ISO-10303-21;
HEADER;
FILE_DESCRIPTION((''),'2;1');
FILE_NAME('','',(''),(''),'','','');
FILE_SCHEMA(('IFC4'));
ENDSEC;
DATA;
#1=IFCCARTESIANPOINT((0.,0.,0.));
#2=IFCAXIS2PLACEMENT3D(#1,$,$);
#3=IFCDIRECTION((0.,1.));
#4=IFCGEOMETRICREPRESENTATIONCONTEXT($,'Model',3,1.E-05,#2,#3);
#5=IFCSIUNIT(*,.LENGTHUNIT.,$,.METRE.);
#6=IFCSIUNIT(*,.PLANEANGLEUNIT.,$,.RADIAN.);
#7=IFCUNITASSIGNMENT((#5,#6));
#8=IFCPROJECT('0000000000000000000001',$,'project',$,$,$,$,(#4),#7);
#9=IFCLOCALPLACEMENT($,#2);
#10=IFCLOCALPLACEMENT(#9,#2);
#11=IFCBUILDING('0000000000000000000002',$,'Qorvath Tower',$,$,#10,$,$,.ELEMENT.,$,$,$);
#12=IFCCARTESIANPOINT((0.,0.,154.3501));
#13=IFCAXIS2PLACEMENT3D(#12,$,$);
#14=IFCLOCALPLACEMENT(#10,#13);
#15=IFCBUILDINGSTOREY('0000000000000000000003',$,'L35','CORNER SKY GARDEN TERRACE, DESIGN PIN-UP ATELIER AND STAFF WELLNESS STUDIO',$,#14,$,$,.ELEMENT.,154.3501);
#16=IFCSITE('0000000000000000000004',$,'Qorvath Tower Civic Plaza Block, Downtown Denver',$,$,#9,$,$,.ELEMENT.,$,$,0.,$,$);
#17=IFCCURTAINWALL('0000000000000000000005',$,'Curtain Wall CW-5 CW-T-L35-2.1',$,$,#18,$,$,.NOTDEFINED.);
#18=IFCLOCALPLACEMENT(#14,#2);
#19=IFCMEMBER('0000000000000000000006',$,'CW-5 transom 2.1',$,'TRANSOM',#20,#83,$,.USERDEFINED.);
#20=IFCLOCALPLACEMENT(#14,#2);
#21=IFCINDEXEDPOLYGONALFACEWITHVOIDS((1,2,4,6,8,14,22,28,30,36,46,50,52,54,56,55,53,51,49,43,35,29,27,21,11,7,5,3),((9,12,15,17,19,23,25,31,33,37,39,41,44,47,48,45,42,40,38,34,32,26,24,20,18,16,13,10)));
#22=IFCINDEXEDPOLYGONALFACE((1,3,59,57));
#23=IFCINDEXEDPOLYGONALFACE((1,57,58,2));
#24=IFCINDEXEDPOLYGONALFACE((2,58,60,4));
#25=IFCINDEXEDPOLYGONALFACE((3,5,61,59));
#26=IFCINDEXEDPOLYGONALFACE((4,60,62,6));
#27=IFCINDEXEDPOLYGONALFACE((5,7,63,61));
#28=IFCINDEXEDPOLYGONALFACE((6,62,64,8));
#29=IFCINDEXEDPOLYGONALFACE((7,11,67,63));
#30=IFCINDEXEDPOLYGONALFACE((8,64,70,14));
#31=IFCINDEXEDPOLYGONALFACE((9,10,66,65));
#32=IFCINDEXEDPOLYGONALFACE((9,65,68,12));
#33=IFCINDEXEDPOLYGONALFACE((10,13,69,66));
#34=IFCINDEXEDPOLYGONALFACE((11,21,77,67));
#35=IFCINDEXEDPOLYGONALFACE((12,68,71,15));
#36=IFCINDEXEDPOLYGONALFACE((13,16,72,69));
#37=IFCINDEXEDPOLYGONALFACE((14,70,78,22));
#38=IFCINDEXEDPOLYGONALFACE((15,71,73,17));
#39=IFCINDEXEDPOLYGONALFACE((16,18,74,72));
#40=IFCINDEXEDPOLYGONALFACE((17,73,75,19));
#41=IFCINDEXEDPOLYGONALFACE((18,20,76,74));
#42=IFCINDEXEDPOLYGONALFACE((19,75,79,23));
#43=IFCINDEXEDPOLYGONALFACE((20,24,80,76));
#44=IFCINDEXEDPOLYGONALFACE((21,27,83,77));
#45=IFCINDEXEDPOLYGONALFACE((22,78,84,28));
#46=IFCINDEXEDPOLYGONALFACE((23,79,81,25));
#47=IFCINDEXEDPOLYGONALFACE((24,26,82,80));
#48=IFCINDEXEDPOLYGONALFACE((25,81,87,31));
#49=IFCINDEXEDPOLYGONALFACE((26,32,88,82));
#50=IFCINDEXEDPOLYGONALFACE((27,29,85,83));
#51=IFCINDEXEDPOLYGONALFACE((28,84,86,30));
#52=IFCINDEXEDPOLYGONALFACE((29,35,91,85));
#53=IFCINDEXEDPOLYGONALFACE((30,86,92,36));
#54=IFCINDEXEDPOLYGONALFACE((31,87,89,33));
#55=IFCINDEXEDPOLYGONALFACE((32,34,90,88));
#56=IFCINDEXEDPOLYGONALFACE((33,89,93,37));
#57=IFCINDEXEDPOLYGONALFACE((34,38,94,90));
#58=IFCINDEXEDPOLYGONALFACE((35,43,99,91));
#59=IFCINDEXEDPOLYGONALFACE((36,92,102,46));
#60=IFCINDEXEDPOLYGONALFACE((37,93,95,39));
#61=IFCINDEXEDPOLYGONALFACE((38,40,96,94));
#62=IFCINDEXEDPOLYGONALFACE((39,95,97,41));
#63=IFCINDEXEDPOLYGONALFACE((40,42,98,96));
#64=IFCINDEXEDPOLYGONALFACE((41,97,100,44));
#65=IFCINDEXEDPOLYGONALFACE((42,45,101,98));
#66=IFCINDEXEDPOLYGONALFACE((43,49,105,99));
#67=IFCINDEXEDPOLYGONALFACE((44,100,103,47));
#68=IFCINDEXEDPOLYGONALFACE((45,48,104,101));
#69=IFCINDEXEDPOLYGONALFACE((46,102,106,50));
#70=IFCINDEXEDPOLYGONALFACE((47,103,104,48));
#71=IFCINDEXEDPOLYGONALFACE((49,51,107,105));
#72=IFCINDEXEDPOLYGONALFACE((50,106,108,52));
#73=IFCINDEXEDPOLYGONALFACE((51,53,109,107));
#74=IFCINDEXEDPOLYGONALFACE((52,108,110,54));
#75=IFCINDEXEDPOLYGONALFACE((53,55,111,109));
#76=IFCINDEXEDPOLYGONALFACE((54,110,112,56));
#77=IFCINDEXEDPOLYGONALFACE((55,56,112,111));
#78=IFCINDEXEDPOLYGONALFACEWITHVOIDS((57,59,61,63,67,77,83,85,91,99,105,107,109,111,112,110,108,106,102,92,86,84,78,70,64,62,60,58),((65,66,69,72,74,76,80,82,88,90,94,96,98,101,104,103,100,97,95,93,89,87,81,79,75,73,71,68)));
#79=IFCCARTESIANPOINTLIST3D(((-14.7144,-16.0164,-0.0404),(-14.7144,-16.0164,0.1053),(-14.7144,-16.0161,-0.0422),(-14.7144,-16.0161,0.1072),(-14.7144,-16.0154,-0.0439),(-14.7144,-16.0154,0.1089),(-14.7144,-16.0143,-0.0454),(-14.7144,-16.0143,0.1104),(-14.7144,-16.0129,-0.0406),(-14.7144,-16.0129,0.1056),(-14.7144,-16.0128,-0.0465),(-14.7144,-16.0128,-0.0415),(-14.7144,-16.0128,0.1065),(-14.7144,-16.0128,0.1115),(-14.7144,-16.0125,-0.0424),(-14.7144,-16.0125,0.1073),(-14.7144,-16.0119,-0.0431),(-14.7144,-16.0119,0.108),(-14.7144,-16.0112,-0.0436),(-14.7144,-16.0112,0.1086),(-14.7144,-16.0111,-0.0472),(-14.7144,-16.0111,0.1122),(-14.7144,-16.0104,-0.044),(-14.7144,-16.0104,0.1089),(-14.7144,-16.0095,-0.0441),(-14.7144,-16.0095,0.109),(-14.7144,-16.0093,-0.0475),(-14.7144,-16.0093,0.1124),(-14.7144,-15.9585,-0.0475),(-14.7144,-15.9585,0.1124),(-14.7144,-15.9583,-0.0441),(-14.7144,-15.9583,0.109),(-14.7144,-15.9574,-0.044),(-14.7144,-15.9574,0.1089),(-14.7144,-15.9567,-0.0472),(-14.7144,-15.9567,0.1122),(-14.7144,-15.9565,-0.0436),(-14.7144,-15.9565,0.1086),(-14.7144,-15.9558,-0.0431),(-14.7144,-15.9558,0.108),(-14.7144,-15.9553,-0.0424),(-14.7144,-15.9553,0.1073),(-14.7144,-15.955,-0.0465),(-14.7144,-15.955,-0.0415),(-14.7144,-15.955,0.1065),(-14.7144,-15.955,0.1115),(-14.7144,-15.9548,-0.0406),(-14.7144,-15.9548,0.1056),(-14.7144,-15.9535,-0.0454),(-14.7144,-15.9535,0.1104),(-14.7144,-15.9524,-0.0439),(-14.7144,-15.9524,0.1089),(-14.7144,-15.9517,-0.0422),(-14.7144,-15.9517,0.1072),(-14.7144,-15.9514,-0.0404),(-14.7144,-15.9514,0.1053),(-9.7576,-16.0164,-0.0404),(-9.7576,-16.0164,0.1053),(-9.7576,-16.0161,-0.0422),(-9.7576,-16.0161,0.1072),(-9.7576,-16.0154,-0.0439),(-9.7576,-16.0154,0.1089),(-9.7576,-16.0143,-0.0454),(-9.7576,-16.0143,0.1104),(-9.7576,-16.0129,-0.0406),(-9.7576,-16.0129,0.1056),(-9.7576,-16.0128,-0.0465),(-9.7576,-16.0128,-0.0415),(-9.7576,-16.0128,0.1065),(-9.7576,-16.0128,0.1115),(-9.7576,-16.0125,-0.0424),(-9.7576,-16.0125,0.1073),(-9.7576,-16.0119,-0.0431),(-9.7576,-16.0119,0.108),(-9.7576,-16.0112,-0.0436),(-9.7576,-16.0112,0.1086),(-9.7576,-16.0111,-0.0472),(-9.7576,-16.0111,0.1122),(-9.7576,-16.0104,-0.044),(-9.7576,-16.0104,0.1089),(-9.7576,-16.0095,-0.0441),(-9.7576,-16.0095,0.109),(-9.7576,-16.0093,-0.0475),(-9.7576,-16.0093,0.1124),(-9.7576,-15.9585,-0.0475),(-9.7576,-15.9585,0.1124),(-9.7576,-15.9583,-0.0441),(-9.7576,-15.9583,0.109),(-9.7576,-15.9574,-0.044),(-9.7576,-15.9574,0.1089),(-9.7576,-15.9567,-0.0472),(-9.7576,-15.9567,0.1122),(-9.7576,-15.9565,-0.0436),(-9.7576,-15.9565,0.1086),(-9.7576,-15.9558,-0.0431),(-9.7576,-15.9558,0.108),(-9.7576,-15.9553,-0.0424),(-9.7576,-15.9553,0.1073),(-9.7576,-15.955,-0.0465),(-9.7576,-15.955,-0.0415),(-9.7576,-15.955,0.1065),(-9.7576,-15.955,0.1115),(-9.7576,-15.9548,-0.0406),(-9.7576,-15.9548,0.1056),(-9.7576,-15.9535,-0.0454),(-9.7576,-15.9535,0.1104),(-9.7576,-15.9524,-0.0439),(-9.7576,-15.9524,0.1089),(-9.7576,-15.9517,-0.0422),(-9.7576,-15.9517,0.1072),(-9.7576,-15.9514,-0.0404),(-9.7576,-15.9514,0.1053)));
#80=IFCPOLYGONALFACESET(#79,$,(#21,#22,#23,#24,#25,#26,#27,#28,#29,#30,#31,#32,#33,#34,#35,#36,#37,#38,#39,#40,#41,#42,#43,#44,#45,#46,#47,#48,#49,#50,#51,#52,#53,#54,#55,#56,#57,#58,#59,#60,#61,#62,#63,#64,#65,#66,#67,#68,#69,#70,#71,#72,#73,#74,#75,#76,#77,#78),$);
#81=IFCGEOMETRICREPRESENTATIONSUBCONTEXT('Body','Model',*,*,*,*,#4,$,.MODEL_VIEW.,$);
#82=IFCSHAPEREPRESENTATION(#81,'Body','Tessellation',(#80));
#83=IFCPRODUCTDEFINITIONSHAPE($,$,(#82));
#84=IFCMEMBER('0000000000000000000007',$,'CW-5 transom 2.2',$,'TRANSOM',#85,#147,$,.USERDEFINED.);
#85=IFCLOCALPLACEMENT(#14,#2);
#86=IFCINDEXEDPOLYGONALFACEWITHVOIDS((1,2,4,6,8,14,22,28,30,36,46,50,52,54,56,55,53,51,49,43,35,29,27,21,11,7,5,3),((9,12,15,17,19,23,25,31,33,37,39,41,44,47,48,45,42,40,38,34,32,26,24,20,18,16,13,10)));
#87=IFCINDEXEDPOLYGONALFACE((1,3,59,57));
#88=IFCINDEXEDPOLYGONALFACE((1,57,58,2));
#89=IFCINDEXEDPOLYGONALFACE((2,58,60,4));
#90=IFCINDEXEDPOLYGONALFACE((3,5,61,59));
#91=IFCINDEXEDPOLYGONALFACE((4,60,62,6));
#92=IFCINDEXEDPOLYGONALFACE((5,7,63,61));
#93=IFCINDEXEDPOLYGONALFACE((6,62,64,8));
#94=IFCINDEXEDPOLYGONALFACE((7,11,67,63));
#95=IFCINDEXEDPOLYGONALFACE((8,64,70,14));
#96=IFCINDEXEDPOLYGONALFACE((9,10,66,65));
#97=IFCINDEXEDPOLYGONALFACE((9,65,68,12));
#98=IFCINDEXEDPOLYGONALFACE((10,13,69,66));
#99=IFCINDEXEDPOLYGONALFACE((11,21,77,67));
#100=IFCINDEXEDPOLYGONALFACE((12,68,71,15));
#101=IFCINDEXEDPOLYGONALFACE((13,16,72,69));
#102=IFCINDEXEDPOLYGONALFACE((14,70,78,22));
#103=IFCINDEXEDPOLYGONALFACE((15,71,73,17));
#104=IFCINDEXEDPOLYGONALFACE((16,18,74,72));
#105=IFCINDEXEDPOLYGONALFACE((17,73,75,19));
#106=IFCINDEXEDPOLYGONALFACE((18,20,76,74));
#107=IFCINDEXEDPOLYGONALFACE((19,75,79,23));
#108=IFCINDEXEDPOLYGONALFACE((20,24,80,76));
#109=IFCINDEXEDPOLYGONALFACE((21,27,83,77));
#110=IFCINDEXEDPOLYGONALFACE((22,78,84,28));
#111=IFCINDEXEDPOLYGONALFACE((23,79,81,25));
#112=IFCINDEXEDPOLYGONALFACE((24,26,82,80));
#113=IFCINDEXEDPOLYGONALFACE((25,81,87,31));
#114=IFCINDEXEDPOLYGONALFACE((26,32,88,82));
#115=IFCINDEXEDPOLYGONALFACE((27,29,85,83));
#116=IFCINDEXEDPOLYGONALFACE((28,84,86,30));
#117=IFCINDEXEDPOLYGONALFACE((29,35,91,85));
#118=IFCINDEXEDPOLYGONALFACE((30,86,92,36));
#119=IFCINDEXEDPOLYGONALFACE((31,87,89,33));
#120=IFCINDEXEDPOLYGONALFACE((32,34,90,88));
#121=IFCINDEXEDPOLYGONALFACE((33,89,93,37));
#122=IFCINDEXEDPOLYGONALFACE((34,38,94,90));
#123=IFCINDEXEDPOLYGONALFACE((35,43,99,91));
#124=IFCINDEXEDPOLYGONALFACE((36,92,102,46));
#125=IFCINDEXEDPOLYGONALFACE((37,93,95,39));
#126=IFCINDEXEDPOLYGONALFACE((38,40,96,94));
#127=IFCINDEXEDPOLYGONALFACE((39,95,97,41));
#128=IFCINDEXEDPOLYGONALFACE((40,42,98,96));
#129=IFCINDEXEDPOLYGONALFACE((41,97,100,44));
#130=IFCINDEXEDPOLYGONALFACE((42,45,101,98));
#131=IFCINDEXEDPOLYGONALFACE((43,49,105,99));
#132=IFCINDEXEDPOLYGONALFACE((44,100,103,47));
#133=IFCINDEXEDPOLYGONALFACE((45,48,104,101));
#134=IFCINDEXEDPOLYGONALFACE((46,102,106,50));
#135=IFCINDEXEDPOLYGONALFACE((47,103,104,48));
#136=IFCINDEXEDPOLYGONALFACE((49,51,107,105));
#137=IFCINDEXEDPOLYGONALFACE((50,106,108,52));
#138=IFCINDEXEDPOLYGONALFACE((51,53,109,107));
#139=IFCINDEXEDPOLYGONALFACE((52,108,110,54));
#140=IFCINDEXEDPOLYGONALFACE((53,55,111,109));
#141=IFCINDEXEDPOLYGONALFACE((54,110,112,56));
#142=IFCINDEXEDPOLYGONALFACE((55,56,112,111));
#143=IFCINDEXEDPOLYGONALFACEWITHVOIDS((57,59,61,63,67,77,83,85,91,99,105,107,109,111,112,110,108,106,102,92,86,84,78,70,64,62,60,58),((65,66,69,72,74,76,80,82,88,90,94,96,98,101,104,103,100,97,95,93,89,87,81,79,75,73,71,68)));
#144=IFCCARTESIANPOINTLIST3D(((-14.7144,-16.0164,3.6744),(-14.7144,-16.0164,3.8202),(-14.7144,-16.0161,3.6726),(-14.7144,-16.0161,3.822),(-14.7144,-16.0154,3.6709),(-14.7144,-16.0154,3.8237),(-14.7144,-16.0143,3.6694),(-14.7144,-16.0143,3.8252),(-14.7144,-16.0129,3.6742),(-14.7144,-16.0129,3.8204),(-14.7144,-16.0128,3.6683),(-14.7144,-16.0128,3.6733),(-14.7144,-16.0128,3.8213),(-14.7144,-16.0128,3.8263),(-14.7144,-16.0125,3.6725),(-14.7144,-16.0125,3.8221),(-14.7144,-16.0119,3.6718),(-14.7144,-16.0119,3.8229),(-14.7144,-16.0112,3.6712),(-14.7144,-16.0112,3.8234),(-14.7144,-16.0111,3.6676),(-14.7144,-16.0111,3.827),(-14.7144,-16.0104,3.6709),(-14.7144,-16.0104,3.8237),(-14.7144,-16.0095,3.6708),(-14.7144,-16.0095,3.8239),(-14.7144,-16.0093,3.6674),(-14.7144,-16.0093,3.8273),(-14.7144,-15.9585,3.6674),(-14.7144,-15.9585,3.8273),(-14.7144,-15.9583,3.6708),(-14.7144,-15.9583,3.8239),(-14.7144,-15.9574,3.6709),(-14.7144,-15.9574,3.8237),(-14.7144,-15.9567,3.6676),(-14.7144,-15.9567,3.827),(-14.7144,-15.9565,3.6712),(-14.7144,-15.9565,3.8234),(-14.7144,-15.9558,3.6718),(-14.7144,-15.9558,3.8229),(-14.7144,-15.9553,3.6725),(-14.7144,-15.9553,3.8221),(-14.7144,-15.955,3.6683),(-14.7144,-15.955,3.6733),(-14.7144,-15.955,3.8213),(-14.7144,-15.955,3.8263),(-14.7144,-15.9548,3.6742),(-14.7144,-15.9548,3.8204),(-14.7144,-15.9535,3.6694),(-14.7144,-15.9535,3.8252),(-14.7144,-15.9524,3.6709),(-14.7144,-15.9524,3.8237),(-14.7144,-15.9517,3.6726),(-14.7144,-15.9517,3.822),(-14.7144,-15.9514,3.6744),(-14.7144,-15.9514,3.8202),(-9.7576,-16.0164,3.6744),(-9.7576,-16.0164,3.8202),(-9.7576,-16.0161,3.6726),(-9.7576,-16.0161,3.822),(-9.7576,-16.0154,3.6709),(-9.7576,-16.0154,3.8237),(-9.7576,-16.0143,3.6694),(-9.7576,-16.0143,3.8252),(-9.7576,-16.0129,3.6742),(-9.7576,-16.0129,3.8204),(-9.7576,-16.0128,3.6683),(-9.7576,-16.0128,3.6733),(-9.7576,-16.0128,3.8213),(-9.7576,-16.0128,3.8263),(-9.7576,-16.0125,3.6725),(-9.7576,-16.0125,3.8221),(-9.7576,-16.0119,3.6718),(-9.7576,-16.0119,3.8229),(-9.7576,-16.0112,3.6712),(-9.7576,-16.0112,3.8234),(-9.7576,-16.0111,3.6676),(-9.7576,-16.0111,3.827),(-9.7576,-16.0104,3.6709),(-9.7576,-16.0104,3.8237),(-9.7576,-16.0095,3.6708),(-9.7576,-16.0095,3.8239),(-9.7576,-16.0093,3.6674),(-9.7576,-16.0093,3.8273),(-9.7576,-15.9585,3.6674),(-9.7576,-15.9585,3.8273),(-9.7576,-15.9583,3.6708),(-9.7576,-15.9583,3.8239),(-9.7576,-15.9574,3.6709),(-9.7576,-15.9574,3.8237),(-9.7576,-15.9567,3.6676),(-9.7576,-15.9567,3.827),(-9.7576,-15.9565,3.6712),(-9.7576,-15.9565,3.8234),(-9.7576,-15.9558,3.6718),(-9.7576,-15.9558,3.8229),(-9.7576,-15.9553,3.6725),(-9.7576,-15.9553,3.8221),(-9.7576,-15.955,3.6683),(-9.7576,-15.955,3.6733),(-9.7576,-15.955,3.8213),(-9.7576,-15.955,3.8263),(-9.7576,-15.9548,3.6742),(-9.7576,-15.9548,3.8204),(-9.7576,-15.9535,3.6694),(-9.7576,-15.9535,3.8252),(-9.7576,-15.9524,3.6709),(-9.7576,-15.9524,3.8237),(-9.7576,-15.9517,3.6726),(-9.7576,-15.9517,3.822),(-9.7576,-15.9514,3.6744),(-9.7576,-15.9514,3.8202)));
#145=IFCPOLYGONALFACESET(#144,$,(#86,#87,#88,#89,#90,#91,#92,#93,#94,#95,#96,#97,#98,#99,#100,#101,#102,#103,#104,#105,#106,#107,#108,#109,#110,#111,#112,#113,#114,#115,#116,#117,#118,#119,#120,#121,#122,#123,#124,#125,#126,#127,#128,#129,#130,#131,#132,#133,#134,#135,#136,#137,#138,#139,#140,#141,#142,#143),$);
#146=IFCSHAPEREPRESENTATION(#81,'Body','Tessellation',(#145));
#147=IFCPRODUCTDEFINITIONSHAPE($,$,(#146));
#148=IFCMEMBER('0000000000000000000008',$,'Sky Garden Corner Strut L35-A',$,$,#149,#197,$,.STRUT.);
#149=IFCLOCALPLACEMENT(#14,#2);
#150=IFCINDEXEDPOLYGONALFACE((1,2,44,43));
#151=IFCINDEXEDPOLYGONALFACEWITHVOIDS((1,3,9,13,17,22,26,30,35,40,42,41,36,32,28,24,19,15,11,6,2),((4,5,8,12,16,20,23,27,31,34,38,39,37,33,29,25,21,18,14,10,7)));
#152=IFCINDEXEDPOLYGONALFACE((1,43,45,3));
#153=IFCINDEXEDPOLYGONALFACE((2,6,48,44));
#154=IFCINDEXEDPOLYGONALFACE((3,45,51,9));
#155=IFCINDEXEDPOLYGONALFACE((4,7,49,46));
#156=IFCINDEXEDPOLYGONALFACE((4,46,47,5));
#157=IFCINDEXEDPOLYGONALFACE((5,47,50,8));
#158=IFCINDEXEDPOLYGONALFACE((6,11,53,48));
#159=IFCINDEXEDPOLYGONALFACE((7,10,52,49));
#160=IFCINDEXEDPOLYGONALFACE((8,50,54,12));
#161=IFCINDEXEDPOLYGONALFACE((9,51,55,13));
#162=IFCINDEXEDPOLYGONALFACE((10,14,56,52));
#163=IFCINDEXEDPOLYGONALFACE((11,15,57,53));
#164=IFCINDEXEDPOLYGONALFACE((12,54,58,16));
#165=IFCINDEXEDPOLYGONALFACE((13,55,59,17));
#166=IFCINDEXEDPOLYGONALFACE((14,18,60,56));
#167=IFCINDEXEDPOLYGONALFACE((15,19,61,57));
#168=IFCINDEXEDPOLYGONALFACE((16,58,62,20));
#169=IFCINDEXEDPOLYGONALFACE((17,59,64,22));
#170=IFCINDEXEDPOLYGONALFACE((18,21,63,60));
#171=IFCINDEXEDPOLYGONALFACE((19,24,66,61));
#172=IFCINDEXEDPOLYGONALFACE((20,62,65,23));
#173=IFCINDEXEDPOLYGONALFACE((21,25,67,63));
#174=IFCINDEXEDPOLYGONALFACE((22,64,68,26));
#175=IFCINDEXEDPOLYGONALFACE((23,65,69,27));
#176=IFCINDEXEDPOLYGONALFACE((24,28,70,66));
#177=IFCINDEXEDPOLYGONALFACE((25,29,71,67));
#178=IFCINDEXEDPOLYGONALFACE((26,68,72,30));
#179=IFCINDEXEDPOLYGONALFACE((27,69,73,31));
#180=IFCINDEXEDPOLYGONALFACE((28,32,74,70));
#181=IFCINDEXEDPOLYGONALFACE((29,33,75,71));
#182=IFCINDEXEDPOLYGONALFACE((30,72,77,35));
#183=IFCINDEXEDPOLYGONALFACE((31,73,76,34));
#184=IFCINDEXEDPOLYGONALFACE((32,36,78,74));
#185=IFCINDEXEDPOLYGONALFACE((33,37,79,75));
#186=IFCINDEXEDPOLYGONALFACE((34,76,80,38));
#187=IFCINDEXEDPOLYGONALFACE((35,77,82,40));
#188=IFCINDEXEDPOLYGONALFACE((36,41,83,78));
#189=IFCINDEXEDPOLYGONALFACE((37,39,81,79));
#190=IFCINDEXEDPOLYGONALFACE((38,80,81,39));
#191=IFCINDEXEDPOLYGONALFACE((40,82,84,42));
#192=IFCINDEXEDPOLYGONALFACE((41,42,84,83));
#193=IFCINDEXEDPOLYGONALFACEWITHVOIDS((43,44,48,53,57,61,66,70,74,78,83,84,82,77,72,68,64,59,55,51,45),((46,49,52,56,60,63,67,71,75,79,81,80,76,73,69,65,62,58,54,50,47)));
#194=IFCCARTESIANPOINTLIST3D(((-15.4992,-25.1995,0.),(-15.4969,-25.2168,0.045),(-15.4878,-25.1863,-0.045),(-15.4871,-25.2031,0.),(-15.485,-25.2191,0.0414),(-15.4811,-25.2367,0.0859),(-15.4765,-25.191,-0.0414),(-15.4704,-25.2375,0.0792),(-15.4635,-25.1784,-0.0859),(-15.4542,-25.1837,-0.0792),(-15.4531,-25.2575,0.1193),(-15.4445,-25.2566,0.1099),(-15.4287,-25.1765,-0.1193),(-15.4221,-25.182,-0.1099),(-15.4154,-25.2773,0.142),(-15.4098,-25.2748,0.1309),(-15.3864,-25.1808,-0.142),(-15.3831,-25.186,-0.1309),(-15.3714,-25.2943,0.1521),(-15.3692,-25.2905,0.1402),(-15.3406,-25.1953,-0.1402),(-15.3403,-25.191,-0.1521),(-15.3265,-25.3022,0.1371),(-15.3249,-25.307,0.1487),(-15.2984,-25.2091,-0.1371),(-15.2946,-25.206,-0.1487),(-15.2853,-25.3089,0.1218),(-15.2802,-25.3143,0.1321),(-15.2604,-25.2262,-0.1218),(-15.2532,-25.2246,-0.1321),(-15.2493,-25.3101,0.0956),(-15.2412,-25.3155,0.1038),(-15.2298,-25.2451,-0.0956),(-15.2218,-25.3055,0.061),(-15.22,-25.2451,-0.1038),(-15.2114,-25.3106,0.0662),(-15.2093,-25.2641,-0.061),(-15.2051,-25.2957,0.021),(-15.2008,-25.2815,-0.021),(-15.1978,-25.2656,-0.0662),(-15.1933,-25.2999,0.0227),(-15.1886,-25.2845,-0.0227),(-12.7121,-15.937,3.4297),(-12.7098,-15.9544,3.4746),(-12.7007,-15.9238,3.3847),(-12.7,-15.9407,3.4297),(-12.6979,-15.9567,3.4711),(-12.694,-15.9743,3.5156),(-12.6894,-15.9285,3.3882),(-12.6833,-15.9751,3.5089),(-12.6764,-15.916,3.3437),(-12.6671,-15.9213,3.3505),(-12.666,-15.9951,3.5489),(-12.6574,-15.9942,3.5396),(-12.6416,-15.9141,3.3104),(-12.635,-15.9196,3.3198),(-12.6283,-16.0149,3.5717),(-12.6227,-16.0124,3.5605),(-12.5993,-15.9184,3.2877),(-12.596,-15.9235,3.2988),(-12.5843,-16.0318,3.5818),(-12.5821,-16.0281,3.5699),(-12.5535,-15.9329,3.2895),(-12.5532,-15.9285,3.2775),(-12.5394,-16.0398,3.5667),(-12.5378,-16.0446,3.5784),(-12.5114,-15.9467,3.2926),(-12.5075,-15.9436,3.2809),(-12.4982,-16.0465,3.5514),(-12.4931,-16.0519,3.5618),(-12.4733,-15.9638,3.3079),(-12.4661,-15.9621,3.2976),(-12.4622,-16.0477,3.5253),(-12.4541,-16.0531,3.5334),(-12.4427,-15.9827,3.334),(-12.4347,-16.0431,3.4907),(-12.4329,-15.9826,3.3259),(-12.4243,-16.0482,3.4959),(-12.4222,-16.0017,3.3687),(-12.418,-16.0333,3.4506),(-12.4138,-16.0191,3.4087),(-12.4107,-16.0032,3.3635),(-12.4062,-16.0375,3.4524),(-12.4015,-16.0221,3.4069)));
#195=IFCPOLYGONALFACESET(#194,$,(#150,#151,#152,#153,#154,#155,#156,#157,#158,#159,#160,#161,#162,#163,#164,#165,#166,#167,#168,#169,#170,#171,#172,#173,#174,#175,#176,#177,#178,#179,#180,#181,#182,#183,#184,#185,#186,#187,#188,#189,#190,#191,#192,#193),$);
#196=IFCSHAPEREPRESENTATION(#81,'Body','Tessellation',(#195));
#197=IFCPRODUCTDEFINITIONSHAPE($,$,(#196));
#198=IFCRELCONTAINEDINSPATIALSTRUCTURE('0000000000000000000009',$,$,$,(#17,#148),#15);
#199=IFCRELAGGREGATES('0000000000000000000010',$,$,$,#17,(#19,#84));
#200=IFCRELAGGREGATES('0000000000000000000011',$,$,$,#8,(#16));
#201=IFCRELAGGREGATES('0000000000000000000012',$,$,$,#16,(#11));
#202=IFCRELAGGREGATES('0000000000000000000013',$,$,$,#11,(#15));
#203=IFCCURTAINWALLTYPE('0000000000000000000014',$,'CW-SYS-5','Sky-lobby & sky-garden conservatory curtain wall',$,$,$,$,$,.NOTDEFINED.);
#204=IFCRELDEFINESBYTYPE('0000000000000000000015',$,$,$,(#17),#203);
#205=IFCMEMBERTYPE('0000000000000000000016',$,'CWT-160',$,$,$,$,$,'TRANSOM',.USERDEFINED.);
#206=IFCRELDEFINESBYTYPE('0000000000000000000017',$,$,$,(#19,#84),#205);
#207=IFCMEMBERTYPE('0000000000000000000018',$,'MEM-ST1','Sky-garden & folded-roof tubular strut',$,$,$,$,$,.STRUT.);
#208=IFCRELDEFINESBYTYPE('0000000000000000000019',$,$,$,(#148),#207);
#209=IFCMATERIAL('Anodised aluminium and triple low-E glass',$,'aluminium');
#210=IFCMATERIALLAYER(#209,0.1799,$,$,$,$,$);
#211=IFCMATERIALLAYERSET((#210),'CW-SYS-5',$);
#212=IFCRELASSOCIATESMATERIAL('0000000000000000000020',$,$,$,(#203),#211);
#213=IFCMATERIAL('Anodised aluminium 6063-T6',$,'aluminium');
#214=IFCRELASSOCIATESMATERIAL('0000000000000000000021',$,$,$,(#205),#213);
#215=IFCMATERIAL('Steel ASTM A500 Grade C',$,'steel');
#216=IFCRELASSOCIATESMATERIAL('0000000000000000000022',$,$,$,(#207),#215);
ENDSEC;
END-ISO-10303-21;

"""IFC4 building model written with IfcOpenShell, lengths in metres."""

from ifc_helpers import new_model, si_unit, direction, frame, origin, origin_2d, place, context, subcontext, project, spatial, hollow_rectangle, hollow_circle, extrude, material, layer, layer_set, material_profile, profile_set, type_object, element, aggregate, save


model = new_model("IFC4")

# Units and contexts
model_context = context("Model", 3, precision=1e-05, world=origin(), true_north=direction((0.0, 1.0)))
body_context = subcontext(model_context, "Body", "Model", "MODEL_VIEW")
ifc_project = project(units=[si_unit("LENGTHUNIT", "METRE"), si_unit("PLANEANGLEUNIT", "RADIAN")], contexts=[model_context])

# Site, building, storey
site_placement = place(None, origin())
site = spatial("IfcSite", under=ifc_project, at=site_placement, Name="Qorvath Tower Civic Plaza Block, Downtown Denver", CompositionType="ELEMENT", RefElevation=0.0)
building_placement = place(site_placement, origin())
building = spatial("IfcBuilding", under=site, at=building_placement, Name="Qorvath Tower", CompositionType="ELEMENT")
storey_placement = place(building_placement, frame((0.0, 0.0, 154.3501)))
storey = spatial("IfcBuildingStorey", under=building, at=storey_placement, Name="L35", Description="CORNER SKY GARDEN TERRACE, DESIGN PIN-UP ATELIER AND STAFF WELLNESS STUDIO", CompositionType="ELEMENT", Elevation=154.3501)

# Curtain wall
ifc_material_1 = material(Name="Anodised aluminium and triple low-E glass", Category="aluminium")
ifc_layer_1 = layer(ifc_material_1, 0.1799)
ifc_layer_set_1 = layer_set([ifc_layer_1], Name="CW-SYS-5")
curtain_wall_type = type_object("IfcCurtainWallType", Name="CW-SYS-5", Description="Sky-lobby & sky-garden conservatory curtain wall", PredefinedType="NOTDEFINED", material=ifc_layer_set_1)
curtain_wall_1_placement = place(storey_placement, origin())
curtain_wall_1 = element("IfcCurtainWall", 1, at=curtain_wall_1_placement, inside=storey, type_object=curtain_wall_type, Name="Curtain Wall CW-5 CW-T-L35-2.1", PredefinedType="NOTDEFINED")

# Members
ifc_material_2 = material(Name="Anodised aluminium 6063-T6", Category="aluminium")
ifc_material_profile_1 = material_profile(ifc_material_2, hollow_rectangle(XDim=0.0649, YDim=0.1599, WallThickness=0.0034, InnerFilletRadius=0.0034, OuterFilletRadius=0.0071, at=origin_2d()), Name="CWT 160x65")
ifc_profile_set_1 = profile_set([ifc_material_profile_1], Name="Anodised aluminium 6063-T6")
member_type_1 = type_object("IfcMemberType", Name="CWT-160", ElementType="TRANSOM", PredefinedType="USERDEFINED", material=ifc_profile_set_1)
member_1_placement = place(storey_placement, frame((-14.7144, -15.9839, 0.0325), z_axis=(1.0, 0.0, 0.0), x_axis=(0.0, 1.0, 0.0)))
member_1 = element("IfcMember", 2, at=member_1_placement, type_object=member_type_1, Name="CW-5 transom 2.1", ObjectType="TRANSOM", PredefinedType="USERDEFINED", context=body_context, shape_type="SweptSolid", body=[
    extrude(hollow_rectangle(XDim=0.0649, YDim=0.1599, WallThickness=0.0034, InnerFilletRadius=0.0034, OuterFilletRadius=0.0071, at=origin_2d()), origin(), (0.0, 0.0, 1.0), 4.9568),
])
member_2_placement = place(storey_placement, frame((-14.7144, -15.9839, 3.7473), z_axis=(1.0, 0.0, 0.0), x_axis=(0.0, 1.0, 0.0)))
member_2 = element("IfcMember", 3, at=member_2_placement, type_object=member_type_1, Name="CW-5 transom 2.2", ObjectType="TRANSOM", PredefinedType="USERDEFINED", context=body_context, shape_type="SweptSolid", body=[
    extrude(hollow_rectangle(XDim=0.0649, YDim=0.1599, WallThickness=0.0034, InnerFilletRadius=0.0034, OuterFilletRadius=0.0071, at=origin_2d()), origin(), (0.0, 0.0, 1.0), 4.9568),
])

# Member
ifc_material_3 = material(Name="Steel ASTM A500 Grade C", Category="steel")
ifc_material_profile_2 = material_profile(ifc_material_3, hollow_circle(Radius=0.1619, WallThickness=0.0127, at=origin_2d()), Name="CHS 324x12.7")
ifc_profile_set_2 = profile_set([ifc_material_profile_2], Name="Steel ASTM A500 Grade C")
member_type_2 = type_object("IfcMemberType", Name="MEM-ST1", Description="Sky-garden & folded-roof tubular strut", PredefinedType="STRUT", material=ifc_profile_set_2)
member_3_placement = place(storey_placement, frame((-15.3442, -25.2461, 0.0), z_axis=(0.271576, 0.902532, 0.334188), x_axis=(-0.957588, 0.288142, 0.0)))
element("IfcMember", 4, at=member_3_placement, inside=storey, type_object=member_type_2, Name="Sky Garden Corner Strut L35-A", PredefinedType="STRUT", context=body_context, shape_type="SweptSolid", body=[
    extrude(hollow_circle(Radius=0.1619, WallThickness=0.0127, at=origin_2d()), origin(), (0.0, 0.0, 1.0), 10.2627),
])

aggregate(curtain_wall_1, [member_1, member_2])

save(model, "model.ifc")
